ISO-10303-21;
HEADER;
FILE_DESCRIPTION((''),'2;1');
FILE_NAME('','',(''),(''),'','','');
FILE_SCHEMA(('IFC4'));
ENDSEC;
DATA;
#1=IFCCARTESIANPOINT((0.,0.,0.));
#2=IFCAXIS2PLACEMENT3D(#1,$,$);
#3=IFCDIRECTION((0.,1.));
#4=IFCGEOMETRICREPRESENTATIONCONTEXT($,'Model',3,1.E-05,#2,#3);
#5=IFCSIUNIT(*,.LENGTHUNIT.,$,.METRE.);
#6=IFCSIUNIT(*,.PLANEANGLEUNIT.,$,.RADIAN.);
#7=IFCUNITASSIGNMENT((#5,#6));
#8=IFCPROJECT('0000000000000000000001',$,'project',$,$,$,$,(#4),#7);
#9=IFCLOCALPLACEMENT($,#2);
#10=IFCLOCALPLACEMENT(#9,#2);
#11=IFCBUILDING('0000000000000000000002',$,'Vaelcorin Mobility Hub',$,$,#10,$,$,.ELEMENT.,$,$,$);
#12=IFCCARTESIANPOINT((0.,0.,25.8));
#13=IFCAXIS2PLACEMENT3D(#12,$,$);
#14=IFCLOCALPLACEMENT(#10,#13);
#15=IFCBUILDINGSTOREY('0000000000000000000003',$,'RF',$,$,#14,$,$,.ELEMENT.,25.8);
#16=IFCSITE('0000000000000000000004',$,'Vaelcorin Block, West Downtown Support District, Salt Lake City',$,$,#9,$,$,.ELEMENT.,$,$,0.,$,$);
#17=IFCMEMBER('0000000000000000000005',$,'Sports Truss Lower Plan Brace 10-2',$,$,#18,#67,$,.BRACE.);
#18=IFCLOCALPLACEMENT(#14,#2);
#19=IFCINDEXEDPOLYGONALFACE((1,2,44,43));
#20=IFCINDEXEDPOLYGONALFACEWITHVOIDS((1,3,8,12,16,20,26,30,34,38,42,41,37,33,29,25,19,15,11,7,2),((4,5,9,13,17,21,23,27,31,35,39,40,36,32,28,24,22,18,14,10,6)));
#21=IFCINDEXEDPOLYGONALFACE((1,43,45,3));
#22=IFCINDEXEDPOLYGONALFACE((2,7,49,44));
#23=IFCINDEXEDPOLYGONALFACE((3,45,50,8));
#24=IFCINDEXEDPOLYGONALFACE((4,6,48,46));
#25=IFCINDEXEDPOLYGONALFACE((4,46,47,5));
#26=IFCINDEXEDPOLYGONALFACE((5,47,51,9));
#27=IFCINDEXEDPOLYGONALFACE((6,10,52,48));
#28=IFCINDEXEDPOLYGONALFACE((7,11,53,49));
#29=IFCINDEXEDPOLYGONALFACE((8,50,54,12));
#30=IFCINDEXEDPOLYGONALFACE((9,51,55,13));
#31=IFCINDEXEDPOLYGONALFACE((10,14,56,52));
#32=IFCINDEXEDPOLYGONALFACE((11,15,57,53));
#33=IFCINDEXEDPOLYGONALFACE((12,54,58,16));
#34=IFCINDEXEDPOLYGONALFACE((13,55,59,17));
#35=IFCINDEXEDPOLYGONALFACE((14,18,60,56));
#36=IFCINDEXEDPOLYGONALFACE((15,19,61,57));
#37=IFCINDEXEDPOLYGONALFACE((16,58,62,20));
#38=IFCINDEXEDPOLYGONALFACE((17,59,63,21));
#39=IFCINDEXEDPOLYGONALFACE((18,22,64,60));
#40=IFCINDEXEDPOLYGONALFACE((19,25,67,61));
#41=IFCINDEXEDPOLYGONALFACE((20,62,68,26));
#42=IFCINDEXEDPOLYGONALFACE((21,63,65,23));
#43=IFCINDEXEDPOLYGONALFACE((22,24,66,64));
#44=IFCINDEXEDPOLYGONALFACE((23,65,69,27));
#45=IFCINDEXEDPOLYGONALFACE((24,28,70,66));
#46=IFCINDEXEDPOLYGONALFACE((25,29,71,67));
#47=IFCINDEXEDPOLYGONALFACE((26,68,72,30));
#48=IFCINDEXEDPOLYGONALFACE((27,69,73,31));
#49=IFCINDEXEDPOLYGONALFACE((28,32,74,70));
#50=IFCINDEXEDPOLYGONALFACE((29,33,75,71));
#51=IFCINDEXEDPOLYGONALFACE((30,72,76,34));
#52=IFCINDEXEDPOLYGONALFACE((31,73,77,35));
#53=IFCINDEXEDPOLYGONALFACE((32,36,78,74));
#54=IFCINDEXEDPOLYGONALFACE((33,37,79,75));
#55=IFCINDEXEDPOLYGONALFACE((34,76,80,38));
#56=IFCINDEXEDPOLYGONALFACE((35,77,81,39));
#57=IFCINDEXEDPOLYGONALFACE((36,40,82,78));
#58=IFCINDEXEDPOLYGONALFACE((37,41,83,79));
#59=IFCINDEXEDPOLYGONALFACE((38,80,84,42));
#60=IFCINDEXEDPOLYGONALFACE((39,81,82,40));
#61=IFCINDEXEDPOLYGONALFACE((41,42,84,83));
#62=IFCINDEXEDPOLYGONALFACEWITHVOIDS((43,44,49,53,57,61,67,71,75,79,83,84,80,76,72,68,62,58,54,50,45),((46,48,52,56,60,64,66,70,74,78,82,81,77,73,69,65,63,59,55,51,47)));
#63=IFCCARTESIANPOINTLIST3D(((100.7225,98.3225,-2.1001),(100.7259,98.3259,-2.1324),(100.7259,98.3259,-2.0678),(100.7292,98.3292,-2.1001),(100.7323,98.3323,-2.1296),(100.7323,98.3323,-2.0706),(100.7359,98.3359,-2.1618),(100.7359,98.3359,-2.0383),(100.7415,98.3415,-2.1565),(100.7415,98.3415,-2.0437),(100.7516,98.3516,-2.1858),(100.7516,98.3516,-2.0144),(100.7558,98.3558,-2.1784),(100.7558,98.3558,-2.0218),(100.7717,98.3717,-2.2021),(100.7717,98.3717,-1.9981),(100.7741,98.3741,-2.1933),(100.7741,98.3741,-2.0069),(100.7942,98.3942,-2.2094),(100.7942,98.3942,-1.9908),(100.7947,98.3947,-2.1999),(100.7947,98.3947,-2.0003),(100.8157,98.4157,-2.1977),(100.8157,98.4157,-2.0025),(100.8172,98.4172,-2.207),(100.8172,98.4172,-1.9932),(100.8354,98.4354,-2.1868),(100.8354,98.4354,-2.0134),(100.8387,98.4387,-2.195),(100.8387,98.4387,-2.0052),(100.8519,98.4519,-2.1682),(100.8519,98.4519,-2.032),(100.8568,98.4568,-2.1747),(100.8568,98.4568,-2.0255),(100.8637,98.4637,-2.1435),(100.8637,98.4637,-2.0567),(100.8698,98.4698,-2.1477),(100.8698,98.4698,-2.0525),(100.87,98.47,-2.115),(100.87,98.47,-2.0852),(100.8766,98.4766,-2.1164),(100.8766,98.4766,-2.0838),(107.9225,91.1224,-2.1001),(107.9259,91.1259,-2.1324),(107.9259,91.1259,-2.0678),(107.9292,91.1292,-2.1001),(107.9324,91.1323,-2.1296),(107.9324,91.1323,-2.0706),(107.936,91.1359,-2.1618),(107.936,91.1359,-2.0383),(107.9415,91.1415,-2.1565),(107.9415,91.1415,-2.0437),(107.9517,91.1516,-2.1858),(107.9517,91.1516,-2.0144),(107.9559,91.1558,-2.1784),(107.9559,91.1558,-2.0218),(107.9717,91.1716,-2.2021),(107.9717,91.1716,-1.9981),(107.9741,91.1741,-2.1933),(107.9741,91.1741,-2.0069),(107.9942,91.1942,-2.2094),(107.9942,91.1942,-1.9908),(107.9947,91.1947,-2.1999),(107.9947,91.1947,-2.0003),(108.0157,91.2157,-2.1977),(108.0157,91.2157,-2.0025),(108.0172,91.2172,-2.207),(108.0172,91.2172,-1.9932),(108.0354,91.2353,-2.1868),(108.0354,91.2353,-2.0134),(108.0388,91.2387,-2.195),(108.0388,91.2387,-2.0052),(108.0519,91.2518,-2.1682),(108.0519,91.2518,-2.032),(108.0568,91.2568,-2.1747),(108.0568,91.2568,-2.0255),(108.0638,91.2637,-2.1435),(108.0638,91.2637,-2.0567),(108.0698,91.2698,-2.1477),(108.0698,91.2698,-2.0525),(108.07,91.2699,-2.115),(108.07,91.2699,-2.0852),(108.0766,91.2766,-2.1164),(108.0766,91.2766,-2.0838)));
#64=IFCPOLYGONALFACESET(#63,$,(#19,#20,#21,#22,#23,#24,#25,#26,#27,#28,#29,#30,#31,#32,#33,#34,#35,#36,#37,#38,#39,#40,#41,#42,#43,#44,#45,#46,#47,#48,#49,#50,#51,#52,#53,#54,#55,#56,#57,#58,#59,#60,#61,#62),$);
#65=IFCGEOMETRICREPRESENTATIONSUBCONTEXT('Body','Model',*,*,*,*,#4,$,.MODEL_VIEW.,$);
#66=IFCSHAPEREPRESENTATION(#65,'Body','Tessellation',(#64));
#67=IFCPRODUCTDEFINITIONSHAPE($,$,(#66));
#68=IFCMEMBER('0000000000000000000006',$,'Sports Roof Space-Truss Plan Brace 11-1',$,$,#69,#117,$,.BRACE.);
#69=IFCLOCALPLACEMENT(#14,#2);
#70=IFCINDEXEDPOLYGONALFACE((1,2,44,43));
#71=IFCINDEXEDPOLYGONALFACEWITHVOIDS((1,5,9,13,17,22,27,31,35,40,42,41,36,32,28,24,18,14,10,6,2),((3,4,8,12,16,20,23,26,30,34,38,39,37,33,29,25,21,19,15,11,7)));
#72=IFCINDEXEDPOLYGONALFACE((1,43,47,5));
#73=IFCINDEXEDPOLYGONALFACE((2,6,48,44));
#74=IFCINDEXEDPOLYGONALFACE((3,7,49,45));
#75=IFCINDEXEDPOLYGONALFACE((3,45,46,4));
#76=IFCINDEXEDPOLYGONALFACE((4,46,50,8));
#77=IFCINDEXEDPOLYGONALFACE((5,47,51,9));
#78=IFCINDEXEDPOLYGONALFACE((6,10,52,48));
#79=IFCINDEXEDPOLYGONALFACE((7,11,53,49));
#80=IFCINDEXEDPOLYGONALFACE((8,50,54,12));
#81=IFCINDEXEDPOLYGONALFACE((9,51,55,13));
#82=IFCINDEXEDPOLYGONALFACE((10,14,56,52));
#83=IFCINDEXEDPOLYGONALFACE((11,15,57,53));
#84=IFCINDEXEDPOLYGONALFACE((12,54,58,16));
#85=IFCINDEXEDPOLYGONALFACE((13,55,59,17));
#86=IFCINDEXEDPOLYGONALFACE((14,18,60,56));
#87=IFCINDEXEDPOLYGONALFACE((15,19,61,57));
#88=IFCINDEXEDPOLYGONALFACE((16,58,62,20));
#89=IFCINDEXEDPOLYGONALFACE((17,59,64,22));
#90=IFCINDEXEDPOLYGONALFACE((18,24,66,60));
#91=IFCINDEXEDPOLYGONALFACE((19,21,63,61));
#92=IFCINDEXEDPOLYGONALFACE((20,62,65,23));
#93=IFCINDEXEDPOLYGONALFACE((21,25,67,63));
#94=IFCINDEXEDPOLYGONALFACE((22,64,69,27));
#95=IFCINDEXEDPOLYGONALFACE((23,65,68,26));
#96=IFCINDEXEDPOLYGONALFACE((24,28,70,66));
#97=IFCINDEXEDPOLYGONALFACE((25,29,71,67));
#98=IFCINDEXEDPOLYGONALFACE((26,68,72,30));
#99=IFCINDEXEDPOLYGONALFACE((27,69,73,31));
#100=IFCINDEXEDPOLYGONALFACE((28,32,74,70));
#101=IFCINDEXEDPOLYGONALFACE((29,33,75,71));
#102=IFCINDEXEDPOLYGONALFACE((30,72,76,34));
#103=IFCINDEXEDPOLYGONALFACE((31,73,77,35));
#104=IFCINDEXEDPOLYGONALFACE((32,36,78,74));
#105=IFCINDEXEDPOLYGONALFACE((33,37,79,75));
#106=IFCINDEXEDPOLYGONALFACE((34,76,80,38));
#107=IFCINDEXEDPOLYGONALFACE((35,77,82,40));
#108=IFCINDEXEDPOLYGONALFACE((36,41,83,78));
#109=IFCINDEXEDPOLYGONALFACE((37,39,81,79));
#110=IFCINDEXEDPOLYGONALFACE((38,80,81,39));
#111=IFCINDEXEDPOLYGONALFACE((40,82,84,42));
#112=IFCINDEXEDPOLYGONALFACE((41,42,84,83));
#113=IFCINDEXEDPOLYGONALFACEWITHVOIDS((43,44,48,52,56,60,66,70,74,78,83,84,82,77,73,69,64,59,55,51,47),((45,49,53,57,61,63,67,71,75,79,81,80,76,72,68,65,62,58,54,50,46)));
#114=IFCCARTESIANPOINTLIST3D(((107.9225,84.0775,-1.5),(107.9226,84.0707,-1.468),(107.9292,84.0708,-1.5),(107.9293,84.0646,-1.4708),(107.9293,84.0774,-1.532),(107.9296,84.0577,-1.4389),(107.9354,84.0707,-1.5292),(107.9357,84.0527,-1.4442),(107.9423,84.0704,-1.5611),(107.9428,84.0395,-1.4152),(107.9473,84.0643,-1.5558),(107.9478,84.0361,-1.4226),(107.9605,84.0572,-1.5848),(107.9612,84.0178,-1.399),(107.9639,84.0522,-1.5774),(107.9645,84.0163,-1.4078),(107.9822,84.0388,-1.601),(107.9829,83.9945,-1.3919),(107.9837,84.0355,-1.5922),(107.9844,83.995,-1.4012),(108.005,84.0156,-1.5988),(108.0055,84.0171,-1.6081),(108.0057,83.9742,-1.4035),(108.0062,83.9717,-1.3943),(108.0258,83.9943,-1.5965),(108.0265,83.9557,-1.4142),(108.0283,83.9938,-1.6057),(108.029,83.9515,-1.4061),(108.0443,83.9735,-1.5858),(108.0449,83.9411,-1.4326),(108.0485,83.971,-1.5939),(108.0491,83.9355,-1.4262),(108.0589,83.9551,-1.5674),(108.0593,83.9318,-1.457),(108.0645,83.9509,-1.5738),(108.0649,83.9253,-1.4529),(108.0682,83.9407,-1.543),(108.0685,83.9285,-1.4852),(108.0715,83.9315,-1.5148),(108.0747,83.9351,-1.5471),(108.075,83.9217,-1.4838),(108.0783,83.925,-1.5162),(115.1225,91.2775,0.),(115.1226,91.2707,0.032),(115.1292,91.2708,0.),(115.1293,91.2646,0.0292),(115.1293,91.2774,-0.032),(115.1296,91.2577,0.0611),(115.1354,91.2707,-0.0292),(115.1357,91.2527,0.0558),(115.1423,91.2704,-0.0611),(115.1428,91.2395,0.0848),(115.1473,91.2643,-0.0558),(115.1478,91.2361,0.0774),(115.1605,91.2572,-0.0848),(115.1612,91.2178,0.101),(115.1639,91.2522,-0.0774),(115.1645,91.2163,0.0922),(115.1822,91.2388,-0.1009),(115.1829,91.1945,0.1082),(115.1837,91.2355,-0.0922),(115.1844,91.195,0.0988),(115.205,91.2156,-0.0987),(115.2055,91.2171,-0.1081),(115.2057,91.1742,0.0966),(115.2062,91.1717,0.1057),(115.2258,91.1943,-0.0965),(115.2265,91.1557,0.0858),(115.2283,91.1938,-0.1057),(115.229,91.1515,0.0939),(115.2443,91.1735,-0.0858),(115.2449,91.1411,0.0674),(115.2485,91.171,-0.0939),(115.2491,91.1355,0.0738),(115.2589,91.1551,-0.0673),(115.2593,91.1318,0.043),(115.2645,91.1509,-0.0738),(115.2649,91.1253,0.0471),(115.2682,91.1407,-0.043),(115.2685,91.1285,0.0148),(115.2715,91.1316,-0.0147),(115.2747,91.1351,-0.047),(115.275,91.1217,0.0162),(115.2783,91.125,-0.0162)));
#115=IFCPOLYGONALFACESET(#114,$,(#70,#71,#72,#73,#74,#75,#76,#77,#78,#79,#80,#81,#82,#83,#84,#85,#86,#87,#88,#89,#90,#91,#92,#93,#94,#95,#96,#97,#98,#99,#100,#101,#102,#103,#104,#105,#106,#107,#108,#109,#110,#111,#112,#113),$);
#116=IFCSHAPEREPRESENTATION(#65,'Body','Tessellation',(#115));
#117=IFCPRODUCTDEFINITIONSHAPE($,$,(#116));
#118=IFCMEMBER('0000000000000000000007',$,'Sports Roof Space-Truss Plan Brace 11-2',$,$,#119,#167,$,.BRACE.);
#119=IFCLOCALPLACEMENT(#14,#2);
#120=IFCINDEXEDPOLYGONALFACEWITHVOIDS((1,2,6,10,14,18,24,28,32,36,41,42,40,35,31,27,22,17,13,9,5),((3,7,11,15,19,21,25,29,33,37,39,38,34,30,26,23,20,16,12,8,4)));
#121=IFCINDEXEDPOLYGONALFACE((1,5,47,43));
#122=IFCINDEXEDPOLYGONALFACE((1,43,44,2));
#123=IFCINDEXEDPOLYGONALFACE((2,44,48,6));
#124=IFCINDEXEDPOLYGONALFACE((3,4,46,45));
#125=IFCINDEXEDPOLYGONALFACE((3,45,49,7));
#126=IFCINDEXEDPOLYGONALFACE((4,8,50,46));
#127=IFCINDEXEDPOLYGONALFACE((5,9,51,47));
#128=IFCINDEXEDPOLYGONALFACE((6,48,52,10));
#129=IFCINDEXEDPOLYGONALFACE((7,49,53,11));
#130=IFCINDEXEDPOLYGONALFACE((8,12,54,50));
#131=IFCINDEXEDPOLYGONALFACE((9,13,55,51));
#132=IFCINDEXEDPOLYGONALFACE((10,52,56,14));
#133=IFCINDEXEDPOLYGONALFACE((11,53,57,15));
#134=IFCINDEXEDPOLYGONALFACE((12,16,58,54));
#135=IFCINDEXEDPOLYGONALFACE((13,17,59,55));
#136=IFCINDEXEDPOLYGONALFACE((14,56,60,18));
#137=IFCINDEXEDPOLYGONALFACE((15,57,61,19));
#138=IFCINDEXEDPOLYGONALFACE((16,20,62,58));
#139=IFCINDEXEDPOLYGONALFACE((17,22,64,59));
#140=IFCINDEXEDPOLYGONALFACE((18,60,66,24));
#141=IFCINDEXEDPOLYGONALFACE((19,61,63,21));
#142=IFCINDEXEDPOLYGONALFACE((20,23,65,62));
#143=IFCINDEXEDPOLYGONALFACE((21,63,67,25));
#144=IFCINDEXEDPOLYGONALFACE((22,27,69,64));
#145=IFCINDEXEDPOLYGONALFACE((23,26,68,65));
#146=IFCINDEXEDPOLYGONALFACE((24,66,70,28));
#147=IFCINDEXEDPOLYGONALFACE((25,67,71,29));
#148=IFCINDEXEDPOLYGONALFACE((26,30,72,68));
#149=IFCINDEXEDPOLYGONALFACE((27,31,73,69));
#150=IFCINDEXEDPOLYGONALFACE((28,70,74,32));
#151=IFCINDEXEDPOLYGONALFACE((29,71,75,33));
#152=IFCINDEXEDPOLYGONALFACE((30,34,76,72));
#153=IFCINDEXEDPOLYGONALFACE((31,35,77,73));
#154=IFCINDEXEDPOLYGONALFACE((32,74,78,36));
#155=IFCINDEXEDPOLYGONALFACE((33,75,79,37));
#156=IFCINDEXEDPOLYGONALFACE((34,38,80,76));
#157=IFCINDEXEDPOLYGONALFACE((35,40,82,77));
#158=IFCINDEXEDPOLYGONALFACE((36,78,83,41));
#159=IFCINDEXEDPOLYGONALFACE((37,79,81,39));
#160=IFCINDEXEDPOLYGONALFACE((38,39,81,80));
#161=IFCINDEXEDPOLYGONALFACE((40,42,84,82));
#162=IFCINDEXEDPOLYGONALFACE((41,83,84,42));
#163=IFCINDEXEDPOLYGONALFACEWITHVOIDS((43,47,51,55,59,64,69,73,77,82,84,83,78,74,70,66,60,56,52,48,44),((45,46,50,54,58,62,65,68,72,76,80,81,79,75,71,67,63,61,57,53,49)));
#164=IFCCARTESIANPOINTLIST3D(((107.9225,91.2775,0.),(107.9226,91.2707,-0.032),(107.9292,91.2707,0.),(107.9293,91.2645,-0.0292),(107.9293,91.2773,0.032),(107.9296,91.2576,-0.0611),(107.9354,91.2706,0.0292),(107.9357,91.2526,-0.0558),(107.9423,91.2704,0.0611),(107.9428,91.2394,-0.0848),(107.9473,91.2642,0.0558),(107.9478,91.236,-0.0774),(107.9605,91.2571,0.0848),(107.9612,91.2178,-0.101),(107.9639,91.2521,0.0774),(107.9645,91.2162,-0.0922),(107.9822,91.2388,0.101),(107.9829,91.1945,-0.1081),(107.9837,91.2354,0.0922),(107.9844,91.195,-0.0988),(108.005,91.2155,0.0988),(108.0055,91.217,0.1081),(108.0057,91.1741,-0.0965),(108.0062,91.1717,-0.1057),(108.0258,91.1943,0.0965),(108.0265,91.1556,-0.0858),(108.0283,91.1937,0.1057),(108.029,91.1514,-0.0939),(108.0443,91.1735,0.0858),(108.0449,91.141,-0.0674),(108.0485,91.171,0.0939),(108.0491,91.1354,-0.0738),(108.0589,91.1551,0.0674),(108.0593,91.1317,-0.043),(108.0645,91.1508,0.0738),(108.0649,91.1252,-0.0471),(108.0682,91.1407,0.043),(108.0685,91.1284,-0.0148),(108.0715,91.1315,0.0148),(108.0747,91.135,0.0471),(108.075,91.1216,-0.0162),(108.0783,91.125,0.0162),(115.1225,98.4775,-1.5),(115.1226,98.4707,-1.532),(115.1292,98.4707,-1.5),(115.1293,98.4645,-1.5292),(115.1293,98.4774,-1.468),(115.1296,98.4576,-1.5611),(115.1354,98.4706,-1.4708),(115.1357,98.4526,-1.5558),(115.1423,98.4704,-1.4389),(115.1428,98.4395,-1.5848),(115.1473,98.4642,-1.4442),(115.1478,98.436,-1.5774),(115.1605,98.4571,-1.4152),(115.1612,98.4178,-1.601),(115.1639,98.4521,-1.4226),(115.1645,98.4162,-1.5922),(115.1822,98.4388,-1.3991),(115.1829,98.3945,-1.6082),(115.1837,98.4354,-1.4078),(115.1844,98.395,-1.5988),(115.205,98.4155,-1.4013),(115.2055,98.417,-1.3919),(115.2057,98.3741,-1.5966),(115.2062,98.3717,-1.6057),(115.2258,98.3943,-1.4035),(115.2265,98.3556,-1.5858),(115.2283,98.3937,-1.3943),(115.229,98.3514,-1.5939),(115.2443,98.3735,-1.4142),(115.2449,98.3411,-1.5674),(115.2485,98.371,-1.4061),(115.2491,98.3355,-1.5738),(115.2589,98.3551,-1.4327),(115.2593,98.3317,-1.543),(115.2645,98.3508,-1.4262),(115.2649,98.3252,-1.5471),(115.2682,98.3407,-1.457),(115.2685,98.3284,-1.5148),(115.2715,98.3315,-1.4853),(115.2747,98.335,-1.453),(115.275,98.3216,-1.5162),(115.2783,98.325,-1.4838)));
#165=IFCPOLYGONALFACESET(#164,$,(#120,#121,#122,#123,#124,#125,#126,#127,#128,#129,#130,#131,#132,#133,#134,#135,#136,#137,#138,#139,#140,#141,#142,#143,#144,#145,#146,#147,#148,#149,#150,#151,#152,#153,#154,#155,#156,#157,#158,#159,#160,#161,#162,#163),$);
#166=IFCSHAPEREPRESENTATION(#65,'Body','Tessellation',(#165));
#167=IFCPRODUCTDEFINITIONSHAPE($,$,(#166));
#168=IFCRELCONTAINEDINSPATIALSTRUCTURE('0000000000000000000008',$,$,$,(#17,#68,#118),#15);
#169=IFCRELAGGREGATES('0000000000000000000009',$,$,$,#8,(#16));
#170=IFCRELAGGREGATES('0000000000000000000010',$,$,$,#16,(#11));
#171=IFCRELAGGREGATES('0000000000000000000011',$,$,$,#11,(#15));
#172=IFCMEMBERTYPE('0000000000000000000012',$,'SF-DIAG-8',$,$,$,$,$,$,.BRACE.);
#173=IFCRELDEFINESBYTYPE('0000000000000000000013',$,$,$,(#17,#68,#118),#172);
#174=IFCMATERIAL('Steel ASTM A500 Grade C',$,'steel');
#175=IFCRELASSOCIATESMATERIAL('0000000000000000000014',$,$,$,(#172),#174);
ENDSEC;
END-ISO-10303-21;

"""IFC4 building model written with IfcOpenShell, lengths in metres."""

from ifc_helpers import new_model, si_unit, direction, frame, origin, origin_2d, place, context, subcontext, project, spatial, hollow_circle, extrude, material, material_profile, profile_set, type_object, element, save


model = new_model("IFC4")

# Units and contexts
model_context = context("Model", 3, precision=1e-05, world=origin(), true_north=direction((0.0, 1.0)))
body_context = subcontext(model_context, "Body", "Model", "MODEL_VIEW")
ifc_project = project(units=[si_unit("LENGTHUNIT", "METRE"), si_unit("PLANEANGLEUNIT", "RADIAN")], contexts=[model_context])

# Site, building, storey
site_placement = place(None, origin())
site = spatial("IfcSite", under=ifc_project, at=site_placement, Name="Vaelcorin Block, West Downtown Support District, Salt Lake City", CompositionType="ELEMENT", RefElevation=0.0)
building_placement = place(site_placement, origin())
building = spatial("IfcBuilding", under=site, at=building_placement, Name="Vaelcorin Mobility Hub", CompositionType="ELEMENT")
storey_placement = place(building_placement, frame((0.0, 0.0, 25.8)))
storey = spatial("IfcBuildingStorey", under=building, at=storey_placement, Name="RF", CompositionType="ELEMENT", Elevation=25.8)

# Members
ifc_material_1 = material(Name="Steel ASTM A500 Grade C", Category="steel")
ifc_material_profile_1 = material_profile(ifc_material_1, hollow_circle(Radius=0.1096, WallThickness=0.0095, at=origin_2d()), Name="HSS8.625X0.375")
ifc_profile_set_1 = profile_set([ifc_material_profile_1], Name="Steel ASTM A500 Grade C")
member_type_1 = type_object("IfcMemberType", Name="SF-DIAG-8", PredefinedType="BRACE", material=ifc_profile_set_1)
for number, where, z_axis, x_axis, name in (
    (1, (108.0, 91.2, -2.1001), (-0.707107, 0.707107, 0.0), (-0.707107, -0.707107, 0.0), "Sports Truss Lower Plan Brace 10-2"),
):
    element("IfcMember", number, at=place(storey_placement, frame(where, z_axis=z_axis, x_axis=x_axis)), inside=storey, type_object=member_type_1, Name=name, PredefinedType="BRACE", context=body_context, shape_type="SweptSolid", body=[
        extrude(hollow_circle(Radius=0.1096, WallThickness=0.0095, at=origin_2d()), origin(), (0.0, 0.0, 1.0), 10.1824),
    ])
for number, where, z_axis, x_axis, name in (
    (2, (108.0, 84.0, -1.5), (0.699557, 0.699557, 0.145742), (-0.707107, 0.707107, 0.0), "Sports Roof Space-Truss Plan Brace 11-1"),
    (3, (108.0, 91.2, 0.0), (0.699557, 0.699557, -0.145742), (-0.707107, 0.707107, 0.0), "Sports Roof Space-Truss Plan Brace 11-2"),
):
    element("IfcMember", number, at=place(storey_placement, frame(where, z_axis=z_axis, x_axis=x_axis)), inside=storey, type_object=member_type_1, Name=name, PredefinedType="BRACE", context=body_context, shape_type="SweptSolid", body=[
        extrude(hollow_circle(Radius=0.1096, WallThickness=0.0095, at=origin_2d()), origin(), (0.0, 0.0, 1.0), 10.2922),
    ])

save(model, "model.ifc")
